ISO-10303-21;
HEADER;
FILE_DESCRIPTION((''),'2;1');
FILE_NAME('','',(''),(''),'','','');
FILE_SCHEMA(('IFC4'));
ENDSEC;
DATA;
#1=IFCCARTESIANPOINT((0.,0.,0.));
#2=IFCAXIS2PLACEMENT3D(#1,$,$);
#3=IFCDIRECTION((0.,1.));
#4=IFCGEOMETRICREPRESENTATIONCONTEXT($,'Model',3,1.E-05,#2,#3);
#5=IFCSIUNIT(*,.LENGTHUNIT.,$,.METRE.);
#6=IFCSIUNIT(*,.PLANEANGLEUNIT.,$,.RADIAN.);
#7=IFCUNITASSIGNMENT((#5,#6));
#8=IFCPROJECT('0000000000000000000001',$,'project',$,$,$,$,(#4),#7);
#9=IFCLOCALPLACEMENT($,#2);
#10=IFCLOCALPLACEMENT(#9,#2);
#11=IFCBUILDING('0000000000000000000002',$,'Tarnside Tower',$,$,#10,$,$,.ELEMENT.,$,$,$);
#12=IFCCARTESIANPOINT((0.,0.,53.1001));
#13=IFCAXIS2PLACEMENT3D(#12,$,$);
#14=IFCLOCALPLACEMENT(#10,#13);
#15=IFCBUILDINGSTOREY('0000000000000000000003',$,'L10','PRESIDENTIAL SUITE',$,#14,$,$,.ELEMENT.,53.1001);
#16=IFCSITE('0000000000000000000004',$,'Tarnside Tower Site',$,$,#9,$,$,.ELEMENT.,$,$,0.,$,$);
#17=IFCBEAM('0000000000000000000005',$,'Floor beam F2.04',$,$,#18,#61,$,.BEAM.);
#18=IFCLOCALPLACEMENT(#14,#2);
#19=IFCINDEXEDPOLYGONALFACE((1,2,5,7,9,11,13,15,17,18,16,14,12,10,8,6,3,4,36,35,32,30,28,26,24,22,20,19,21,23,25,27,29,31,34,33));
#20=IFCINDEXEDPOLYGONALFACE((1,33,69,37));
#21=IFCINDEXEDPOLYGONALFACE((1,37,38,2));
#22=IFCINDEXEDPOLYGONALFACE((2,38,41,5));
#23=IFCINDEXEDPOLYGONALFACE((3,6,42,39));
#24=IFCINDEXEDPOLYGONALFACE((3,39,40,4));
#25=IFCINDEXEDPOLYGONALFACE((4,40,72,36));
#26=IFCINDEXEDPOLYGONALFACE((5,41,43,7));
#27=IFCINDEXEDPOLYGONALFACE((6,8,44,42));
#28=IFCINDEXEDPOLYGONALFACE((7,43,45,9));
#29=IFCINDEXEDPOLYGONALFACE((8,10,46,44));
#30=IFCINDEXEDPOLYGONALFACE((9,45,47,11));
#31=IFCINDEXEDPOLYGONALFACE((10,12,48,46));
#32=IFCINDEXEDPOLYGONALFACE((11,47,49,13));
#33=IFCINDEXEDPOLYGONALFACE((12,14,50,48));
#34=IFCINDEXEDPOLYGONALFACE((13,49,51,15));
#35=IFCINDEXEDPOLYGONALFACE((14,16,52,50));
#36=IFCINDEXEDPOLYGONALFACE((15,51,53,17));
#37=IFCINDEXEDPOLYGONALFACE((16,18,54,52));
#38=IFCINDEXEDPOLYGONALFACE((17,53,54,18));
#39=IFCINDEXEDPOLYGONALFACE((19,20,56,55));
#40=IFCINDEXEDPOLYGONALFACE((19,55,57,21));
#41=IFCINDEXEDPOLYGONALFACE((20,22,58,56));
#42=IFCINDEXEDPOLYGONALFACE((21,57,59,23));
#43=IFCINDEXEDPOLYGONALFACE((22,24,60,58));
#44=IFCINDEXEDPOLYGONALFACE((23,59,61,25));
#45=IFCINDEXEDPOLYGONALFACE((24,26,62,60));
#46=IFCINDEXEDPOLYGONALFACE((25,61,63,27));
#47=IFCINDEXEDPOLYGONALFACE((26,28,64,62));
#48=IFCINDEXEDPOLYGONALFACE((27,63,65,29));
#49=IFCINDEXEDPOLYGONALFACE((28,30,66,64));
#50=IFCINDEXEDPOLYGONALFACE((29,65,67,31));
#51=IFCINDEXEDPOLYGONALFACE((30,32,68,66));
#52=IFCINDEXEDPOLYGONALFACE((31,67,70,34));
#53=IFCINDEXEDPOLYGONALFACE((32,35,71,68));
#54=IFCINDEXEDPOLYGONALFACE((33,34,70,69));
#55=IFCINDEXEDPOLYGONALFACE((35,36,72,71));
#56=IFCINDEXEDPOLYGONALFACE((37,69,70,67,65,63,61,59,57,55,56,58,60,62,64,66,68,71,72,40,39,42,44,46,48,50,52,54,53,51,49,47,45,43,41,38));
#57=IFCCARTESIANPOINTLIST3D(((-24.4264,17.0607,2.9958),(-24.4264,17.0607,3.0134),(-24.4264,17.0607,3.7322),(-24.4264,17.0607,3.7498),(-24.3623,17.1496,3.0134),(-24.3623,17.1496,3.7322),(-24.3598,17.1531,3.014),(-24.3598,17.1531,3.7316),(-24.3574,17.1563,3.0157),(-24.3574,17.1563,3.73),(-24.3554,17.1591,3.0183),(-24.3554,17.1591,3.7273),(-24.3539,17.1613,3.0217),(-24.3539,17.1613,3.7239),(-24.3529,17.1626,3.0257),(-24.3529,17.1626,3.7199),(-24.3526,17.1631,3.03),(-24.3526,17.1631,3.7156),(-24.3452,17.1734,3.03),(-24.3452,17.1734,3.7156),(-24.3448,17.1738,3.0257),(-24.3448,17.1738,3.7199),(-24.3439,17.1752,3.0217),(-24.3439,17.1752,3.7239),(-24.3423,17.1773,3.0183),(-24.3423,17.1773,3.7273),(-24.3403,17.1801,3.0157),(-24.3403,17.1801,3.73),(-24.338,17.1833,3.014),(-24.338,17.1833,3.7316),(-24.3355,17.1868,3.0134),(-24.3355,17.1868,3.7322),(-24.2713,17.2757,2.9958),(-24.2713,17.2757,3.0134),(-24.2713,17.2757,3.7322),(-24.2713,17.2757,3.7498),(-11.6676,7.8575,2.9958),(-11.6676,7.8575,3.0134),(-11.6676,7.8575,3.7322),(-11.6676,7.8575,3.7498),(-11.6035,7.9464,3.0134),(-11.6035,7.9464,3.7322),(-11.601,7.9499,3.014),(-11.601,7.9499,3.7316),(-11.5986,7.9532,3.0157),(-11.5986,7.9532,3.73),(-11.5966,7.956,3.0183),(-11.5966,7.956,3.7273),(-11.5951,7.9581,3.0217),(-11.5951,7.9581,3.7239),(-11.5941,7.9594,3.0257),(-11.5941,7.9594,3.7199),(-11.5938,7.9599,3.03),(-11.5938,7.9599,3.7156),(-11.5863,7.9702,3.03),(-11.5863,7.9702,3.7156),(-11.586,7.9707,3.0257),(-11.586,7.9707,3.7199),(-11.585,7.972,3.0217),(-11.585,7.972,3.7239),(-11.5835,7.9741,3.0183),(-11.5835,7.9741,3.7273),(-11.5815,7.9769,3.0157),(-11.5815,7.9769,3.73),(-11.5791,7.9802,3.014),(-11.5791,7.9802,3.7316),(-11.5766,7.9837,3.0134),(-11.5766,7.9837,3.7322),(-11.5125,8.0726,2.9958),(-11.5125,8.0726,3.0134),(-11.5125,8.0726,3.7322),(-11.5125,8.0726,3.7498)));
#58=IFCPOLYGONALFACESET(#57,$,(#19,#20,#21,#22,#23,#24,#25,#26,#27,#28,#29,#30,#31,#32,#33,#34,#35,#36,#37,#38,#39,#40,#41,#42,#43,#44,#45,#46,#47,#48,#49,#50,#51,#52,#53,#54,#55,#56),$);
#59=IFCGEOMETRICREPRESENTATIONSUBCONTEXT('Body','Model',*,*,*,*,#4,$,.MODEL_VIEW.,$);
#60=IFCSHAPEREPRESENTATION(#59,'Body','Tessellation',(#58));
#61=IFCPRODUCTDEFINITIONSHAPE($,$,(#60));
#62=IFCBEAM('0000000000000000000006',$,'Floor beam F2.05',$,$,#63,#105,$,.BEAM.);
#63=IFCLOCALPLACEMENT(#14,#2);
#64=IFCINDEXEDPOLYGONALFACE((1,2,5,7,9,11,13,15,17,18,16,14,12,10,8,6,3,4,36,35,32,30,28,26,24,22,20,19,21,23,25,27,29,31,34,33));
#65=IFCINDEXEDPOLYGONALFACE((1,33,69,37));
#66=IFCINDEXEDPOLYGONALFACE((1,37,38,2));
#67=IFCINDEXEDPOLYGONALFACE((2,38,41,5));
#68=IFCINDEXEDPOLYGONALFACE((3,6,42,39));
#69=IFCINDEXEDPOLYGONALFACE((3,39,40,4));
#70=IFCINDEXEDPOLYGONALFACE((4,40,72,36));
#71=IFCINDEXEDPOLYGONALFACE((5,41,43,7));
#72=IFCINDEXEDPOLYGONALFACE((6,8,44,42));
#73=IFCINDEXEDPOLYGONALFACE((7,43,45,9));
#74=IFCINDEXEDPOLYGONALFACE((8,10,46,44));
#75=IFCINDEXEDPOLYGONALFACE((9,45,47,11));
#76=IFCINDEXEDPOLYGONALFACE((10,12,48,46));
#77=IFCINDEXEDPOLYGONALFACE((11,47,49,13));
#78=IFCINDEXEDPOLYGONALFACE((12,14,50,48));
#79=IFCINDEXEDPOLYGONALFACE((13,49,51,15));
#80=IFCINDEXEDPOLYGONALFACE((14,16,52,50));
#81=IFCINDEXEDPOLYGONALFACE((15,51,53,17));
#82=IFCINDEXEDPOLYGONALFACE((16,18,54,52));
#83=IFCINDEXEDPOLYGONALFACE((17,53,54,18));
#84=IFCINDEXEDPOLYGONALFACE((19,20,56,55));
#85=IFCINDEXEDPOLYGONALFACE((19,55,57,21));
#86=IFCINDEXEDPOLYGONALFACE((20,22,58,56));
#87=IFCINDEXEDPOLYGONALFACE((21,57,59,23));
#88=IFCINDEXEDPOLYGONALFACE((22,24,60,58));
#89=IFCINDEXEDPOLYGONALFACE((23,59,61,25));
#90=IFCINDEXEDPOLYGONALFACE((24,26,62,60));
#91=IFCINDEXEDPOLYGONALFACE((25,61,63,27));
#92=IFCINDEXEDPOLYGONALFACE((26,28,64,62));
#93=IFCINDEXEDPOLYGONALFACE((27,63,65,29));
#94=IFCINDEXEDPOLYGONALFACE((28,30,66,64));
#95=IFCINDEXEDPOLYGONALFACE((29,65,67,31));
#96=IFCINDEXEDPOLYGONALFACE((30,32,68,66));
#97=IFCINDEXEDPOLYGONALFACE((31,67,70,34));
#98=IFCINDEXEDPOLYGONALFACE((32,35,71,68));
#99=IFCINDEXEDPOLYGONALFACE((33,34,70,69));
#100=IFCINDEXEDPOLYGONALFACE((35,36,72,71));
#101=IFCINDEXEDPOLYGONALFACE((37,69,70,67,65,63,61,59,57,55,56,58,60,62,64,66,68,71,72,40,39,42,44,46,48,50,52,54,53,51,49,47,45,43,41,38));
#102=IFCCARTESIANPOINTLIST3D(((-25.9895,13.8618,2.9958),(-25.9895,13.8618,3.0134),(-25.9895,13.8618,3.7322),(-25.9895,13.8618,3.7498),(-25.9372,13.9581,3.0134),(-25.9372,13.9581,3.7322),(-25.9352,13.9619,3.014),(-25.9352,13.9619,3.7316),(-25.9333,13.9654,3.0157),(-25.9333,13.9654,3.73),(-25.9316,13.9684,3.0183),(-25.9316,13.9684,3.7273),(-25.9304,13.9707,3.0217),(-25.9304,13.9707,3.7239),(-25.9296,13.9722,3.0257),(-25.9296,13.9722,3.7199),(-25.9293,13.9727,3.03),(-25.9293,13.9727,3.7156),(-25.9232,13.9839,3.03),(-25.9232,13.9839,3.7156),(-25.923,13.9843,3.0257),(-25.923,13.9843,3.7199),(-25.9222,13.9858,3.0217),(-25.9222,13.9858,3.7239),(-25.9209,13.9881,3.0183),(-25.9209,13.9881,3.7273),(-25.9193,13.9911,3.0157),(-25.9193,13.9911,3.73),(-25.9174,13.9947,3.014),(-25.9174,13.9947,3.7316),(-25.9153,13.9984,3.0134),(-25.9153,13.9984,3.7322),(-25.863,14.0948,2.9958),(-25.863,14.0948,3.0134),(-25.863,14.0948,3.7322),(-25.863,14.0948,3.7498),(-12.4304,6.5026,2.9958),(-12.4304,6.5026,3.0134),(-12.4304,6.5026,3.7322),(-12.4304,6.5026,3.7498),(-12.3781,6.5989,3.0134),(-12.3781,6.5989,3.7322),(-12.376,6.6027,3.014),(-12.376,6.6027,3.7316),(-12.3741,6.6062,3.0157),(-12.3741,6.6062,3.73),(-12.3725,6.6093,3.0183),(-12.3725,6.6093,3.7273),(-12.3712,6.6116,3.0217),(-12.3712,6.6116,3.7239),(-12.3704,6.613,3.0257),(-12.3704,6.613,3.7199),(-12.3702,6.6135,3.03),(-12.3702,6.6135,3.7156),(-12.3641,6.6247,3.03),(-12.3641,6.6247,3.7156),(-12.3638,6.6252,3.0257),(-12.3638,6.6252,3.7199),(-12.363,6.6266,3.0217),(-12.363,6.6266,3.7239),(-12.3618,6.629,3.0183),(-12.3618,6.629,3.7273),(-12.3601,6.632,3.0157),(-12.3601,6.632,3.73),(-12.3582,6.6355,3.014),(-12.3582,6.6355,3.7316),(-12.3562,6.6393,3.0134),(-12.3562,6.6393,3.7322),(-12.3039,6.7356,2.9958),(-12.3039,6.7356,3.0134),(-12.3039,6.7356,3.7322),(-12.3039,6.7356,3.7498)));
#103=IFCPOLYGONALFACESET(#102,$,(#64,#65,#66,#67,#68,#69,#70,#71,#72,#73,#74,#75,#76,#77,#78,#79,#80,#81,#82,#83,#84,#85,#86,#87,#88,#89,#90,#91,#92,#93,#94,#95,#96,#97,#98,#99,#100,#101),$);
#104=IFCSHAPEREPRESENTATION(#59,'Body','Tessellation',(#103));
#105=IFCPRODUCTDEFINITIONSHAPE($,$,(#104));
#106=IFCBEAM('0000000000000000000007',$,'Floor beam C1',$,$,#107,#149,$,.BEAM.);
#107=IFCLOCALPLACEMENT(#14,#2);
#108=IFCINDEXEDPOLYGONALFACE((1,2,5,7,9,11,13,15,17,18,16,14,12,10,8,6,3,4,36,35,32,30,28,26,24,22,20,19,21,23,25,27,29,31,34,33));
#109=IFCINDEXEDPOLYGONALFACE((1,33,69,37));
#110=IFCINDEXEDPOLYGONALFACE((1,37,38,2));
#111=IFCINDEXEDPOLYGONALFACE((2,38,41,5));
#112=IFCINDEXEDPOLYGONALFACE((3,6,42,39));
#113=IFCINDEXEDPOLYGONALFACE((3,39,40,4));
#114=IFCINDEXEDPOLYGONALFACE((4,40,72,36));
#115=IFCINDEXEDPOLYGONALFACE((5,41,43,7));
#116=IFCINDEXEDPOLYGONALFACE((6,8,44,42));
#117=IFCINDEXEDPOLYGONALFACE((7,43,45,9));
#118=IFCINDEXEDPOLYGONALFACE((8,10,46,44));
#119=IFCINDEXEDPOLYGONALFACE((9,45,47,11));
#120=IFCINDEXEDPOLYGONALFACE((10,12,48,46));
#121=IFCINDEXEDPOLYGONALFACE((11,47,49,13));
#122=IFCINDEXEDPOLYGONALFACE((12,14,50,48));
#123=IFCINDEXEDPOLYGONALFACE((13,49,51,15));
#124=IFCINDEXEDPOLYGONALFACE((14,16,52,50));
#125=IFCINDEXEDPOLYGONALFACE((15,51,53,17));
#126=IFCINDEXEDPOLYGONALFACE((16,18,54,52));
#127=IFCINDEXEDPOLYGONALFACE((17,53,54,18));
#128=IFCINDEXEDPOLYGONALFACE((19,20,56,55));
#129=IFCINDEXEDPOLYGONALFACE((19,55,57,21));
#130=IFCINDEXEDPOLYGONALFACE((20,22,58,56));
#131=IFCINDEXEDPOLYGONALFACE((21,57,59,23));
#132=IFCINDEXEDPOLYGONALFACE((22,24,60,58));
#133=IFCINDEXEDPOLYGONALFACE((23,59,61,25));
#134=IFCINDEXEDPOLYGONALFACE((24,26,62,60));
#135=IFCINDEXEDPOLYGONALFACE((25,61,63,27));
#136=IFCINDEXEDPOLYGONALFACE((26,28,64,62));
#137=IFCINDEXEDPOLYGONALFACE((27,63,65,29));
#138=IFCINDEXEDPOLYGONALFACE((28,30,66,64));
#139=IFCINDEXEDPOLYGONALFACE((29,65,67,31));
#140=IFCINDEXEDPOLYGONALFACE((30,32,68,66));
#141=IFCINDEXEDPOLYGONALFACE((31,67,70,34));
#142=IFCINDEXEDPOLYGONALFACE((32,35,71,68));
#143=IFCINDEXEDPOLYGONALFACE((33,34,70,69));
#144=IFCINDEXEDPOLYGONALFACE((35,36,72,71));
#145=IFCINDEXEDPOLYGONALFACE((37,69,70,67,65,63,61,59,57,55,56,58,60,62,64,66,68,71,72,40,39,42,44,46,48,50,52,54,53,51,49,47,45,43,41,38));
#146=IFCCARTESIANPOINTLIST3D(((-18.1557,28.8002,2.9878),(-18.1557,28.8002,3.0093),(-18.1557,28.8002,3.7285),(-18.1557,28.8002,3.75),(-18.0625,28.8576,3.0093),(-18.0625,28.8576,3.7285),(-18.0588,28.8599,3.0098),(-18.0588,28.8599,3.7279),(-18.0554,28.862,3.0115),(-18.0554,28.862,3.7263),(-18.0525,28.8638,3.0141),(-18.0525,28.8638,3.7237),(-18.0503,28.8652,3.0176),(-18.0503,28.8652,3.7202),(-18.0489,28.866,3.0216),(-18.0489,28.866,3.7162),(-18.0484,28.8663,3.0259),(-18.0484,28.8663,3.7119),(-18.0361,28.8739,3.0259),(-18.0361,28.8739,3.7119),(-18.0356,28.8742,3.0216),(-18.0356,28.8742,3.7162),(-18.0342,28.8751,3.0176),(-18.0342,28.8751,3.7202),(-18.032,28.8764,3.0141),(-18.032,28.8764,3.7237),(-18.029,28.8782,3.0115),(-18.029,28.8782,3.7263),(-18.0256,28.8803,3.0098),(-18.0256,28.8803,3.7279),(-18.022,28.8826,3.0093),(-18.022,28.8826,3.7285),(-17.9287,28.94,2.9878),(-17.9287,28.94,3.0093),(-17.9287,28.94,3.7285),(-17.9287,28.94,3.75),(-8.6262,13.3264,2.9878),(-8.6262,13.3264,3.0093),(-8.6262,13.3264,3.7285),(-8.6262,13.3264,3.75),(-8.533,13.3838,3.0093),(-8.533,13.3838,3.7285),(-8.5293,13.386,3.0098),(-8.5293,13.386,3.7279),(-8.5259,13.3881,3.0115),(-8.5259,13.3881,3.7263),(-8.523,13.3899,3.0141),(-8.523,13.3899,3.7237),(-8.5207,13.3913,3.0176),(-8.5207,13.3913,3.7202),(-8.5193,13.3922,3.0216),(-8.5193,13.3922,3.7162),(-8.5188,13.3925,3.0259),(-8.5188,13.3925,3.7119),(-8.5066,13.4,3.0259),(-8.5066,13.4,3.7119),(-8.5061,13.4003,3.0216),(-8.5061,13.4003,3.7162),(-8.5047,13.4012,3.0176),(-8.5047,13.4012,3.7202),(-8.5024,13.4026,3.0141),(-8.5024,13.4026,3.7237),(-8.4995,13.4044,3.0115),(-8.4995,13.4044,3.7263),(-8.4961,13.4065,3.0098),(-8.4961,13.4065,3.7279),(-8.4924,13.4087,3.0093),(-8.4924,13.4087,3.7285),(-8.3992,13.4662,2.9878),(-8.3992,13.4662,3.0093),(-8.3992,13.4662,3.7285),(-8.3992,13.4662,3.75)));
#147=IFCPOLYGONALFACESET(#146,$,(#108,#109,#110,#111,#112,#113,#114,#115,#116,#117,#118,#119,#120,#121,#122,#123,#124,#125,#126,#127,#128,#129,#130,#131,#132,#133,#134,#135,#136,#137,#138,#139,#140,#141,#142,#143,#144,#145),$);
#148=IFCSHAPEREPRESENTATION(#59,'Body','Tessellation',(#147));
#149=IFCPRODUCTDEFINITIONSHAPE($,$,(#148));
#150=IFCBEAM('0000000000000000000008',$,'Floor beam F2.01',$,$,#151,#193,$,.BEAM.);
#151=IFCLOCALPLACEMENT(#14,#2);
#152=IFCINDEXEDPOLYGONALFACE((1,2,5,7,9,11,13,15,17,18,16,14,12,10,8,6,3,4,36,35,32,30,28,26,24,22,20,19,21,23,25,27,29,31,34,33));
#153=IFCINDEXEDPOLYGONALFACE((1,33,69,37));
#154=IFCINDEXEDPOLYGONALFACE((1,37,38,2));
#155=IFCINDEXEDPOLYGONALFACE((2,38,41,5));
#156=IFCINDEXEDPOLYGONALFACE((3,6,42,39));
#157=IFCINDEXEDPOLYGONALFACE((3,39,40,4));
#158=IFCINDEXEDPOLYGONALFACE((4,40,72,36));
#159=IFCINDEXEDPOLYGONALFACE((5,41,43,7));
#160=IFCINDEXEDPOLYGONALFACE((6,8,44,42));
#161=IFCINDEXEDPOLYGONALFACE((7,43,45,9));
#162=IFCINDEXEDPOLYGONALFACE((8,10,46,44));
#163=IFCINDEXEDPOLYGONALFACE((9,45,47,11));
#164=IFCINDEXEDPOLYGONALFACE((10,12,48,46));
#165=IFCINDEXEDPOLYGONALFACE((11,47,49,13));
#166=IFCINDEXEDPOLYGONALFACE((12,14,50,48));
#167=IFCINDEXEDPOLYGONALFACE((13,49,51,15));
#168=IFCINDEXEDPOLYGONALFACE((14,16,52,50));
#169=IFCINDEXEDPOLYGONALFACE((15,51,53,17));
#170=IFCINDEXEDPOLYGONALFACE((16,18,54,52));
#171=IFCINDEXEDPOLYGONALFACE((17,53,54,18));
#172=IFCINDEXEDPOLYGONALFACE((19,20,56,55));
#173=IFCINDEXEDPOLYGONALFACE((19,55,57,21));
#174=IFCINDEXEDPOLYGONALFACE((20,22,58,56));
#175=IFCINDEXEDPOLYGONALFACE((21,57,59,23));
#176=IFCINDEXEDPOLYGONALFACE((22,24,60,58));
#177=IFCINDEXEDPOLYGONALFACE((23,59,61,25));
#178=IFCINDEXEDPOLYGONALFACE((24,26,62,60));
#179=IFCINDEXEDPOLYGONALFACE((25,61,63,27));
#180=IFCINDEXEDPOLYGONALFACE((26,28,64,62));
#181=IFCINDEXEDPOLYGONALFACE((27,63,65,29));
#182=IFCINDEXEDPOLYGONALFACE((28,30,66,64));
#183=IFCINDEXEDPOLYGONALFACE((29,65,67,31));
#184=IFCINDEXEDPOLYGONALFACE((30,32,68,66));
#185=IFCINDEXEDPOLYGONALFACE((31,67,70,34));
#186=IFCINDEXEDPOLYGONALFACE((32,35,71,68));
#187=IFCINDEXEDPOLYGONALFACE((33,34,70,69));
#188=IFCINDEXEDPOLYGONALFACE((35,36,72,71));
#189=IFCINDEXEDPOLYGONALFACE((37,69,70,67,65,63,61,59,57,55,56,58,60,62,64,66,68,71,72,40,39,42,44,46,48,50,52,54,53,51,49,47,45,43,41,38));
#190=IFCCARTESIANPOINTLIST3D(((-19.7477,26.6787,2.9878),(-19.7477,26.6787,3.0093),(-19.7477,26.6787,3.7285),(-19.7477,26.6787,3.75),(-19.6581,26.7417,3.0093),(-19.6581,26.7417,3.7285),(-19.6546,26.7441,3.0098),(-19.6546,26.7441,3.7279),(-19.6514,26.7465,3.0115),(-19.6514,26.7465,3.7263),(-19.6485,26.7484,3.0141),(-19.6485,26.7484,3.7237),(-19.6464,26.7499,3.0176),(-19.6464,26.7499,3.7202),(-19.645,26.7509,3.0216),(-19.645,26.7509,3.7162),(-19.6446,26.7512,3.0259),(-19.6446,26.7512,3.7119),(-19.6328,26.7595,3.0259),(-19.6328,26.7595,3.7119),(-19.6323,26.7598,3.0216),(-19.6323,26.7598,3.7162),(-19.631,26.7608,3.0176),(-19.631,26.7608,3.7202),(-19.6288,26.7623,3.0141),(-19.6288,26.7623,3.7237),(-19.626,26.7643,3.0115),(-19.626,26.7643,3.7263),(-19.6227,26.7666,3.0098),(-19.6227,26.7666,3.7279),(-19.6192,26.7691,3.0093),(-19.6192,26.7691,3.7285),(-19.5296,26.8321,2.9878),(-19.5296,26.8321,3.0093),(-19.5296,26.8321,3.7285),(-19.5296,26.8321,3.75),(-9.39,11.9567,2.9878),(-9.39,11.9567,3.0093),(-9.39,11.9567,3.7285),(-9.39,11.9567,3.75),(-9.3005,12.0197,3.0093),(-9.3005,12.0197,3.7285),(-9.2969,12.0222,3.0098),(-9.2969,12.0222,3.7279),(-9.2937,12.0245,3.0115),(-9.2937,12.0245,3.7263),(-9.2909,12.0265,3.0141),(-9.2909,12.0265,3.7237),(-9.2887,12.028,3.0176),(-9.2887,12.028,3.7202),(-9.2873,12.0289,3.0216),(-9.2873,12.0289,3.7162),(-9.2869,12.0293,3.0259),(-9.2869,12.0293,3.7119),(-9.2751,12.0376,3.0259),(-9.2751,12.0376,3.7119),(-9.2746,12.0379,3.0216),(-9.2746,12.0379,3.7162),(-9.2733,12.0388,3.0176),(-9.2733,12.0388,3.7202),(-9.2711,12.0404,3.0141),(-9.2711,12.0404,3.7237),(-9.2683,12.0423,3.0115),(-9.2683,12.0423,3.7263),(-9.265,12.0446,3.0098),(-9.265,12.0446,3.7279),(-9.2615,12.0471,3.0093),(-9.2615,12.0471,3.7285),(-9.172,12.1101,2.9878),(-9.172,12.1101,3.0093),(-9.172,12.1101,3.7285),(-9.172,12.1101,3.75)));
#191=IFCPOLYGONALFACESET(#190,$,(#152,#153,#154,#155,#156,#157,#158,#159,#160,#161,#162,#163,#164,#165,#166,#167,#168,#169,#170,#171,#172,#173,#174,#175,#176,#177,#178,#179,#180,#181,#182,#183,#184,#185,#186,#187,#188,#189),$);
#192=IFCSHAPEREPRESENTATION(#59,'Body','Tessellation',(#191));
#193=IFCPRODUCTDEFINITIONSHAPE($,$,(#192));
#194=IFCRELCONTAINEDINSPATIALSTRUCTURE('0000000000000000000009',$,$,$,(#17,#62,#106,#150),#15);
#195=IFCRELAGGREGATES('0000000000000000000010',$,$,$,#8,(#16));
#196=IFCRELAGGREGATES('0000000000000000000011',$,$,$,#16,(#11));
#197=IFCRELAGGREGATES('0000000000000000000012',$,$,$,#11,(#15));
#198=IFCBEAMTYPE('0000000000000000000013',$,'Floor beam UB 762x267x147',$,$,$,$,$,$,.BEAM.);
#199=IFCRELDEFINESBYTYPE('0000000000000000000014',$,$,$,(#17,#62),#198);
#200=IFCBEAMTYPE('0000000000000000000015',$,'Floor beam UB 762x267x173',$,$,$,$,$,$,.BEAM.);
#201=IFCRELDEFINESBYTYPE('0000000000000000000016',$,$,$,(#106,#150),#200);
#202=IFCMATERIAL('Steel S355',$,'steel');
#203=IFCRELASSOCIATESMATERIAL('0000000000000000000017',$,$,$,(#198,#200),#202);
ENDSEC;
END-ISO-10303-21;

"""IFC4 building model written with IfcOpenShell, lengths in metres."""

from ifc_helpers import new_model, si_unit, direction, frame, origin, origin_2d, place, context, subcontext, project, spatial, i_section, extrude, material, material_profile, profile_set, type_object, element, save


model = new_model("IFC4")

# Units and contexts
model_context = context("Model", 3, precision=1e-05, world=origin(), true_north=direction((0.0, 1.0)))
body_context = subcontext(model_context, "Body", "Model", "MODEL_VIEW")
ifc_project = project(units=[si_unit("LENGTHUNIT", "METRE"), si_unit("PLANEANGLEUNIT", "RADIAN")], contexts=[model_context])

# Site, building, storey
site_placement = place(None, origin())
site = spatial("IfcSite", under=ifc_project, at=site_placement, Name="Tarnside Tower Site", CompositionType="ELEMENT", RefElevation=0.0)
building_placement = place(site_placement, origin())
building = spatial("IfcBuilding", under=site, at=building_placement, Name="Tarnside Tower", CompositionType="ELEMENT")
storey_placement = place(building_placement, frame((0.0, 0.0, 53.1001)))
storey = spatial("IfcBuildingStorey", under=building, at=storey_placement, Name="L10", Description="PRESIDENTIAL SUITE", CompositionType="ELEMENT", Elevation=53.1001)

# Beams
ifc_material_1 = material(Name="Steel S355", Category="steel")
ifc_material_profile_1 = material_profile(ifc_material_1, i_section(OverallWidth=0.2651, OverallDepth=0.7539, WebThickness=0.0127, FlangeThickness=0.0176, FilletRadius=0.0166, at=origin_2d()), Name="UB 762x267x147")
ifc_profile_set_1 = profile_set([ifc_material_profile_1], Name="Steel S355")
beam_type_1 = type_object("IfcBeamType", Name="Floor beam UB 762x267x147", PredefinedType="BEAM", material=ifc_profile_set_1)
beam_1_placement = place(storey_placement, frame((-24.3489, 17.1682, 3.3728), z_axis=(0.811028, -0.585008, 0.0), x_axis=(0.585008, 0.811028, 0.0)))
element("IfcBeam", 1, at=beam_1_placement, inside=storey, type_object=beam_type_1, Name="Floor beam F2.04", PredefinedType="BEAM", context=body_context, shape_type="SweptSolid", body=[
    extrude(i_section(OverallWidth=0.2651, OverallDepth=0.7539, WebThickness=0.0127, FlangeThickness=0.0176, FilletRadius=0.0166, at=origin_2d()), origin(), (0.0, 0.0, 1.0), 15.7317),
])
beam_2_placement = place(storey_placement, frame((-25.9263, 13.9783, 3.3728), z_axis=(0.878895, -0.477016, 0.0), x_axis=(0.477016, 0.878895, 0.0)))
element("IfcBeam", 2, at=beam_2_placement, inside=storey, type_object=beam_type_1, Name="Floor beam F2.05", PredefinedType="BEAM", context=body_context, shape_type="SweptSolid", body=[
    extrude(i_section(OverallWidth=0.2651, OverallDepth=0.7539, WebThickness=0.0127, FlangeThickness=0.0176, FilletRadius=0.0166, at=origin_2d()), origin(), (0.0, 0.0, 1.0), 15.4275),
])
ifc_material_profile_2 = material_profile(ifc_material_1, i_section(OverallWidth=0.2666, OverallDepth=0.7622, WebThickness=0.0144, FlangeThickness=0.0215, FilletRadius=0.0166, at=origin_2d()), Name="UB 762x267x173")
ifc_profile_set_2 = profile_set([ifc_material_profile_2], Name="Steel S355")
beam_type_2 = type_object("IfcBeamType", Name="Floor beam UB 762x267x173", PredefinedType="BEAM", material=ifc_profile_set_2)
beam_3_placement = place(storey_placement, frame((-18.0422, 28.8701, 3.3689), z_axis=(0.524383, -0.851483, 0.0), x_axis=(0.851483, 0.524383, 0.0)))
element("IfcBeam", 3, at=beam_3_placement, inside=storey, type_object=beam_type_2, Name="Floor beam C1", PredefinedType="BEAM", context=body_context, shape_type="SweptSolid", body=[
    extrude(i_section(OverallWidth=0.2666, OverallDepth=0.7622, WebThickness=0.0144, FlangeThickness=0.0215, FilletRadius=0.0166, at=origin_2d()), origin(), (0.0, 0.0, 1.0), 18.1729),
])
beam_4_placement = place(storey_placement, frame((-19.6387, 26.7554, 3.3689), z_axis=(0.575411, -0.817864, 0.0), x_axis=(0.817864, 0.575411, 0.0)))
element("IfcBeam", 4, at=beam_4_placement, inside=storey, type_object=beam_type_2, Name="Floor beam F2.01", PredefinedType="BEAM", context=body_context, shape_type="SweptSolid", body=[
    extrude(i_section(OverallWidth=0.2666, OverallDepth=0.7622, WebThickness=0.0144, FlangeThickness=0.0215, FilletRadius=0.0166, at=origin_2d()), origin(), (0.0, 0.0, 1.0), 18.0005),
])

save(model, "model.ifc")
